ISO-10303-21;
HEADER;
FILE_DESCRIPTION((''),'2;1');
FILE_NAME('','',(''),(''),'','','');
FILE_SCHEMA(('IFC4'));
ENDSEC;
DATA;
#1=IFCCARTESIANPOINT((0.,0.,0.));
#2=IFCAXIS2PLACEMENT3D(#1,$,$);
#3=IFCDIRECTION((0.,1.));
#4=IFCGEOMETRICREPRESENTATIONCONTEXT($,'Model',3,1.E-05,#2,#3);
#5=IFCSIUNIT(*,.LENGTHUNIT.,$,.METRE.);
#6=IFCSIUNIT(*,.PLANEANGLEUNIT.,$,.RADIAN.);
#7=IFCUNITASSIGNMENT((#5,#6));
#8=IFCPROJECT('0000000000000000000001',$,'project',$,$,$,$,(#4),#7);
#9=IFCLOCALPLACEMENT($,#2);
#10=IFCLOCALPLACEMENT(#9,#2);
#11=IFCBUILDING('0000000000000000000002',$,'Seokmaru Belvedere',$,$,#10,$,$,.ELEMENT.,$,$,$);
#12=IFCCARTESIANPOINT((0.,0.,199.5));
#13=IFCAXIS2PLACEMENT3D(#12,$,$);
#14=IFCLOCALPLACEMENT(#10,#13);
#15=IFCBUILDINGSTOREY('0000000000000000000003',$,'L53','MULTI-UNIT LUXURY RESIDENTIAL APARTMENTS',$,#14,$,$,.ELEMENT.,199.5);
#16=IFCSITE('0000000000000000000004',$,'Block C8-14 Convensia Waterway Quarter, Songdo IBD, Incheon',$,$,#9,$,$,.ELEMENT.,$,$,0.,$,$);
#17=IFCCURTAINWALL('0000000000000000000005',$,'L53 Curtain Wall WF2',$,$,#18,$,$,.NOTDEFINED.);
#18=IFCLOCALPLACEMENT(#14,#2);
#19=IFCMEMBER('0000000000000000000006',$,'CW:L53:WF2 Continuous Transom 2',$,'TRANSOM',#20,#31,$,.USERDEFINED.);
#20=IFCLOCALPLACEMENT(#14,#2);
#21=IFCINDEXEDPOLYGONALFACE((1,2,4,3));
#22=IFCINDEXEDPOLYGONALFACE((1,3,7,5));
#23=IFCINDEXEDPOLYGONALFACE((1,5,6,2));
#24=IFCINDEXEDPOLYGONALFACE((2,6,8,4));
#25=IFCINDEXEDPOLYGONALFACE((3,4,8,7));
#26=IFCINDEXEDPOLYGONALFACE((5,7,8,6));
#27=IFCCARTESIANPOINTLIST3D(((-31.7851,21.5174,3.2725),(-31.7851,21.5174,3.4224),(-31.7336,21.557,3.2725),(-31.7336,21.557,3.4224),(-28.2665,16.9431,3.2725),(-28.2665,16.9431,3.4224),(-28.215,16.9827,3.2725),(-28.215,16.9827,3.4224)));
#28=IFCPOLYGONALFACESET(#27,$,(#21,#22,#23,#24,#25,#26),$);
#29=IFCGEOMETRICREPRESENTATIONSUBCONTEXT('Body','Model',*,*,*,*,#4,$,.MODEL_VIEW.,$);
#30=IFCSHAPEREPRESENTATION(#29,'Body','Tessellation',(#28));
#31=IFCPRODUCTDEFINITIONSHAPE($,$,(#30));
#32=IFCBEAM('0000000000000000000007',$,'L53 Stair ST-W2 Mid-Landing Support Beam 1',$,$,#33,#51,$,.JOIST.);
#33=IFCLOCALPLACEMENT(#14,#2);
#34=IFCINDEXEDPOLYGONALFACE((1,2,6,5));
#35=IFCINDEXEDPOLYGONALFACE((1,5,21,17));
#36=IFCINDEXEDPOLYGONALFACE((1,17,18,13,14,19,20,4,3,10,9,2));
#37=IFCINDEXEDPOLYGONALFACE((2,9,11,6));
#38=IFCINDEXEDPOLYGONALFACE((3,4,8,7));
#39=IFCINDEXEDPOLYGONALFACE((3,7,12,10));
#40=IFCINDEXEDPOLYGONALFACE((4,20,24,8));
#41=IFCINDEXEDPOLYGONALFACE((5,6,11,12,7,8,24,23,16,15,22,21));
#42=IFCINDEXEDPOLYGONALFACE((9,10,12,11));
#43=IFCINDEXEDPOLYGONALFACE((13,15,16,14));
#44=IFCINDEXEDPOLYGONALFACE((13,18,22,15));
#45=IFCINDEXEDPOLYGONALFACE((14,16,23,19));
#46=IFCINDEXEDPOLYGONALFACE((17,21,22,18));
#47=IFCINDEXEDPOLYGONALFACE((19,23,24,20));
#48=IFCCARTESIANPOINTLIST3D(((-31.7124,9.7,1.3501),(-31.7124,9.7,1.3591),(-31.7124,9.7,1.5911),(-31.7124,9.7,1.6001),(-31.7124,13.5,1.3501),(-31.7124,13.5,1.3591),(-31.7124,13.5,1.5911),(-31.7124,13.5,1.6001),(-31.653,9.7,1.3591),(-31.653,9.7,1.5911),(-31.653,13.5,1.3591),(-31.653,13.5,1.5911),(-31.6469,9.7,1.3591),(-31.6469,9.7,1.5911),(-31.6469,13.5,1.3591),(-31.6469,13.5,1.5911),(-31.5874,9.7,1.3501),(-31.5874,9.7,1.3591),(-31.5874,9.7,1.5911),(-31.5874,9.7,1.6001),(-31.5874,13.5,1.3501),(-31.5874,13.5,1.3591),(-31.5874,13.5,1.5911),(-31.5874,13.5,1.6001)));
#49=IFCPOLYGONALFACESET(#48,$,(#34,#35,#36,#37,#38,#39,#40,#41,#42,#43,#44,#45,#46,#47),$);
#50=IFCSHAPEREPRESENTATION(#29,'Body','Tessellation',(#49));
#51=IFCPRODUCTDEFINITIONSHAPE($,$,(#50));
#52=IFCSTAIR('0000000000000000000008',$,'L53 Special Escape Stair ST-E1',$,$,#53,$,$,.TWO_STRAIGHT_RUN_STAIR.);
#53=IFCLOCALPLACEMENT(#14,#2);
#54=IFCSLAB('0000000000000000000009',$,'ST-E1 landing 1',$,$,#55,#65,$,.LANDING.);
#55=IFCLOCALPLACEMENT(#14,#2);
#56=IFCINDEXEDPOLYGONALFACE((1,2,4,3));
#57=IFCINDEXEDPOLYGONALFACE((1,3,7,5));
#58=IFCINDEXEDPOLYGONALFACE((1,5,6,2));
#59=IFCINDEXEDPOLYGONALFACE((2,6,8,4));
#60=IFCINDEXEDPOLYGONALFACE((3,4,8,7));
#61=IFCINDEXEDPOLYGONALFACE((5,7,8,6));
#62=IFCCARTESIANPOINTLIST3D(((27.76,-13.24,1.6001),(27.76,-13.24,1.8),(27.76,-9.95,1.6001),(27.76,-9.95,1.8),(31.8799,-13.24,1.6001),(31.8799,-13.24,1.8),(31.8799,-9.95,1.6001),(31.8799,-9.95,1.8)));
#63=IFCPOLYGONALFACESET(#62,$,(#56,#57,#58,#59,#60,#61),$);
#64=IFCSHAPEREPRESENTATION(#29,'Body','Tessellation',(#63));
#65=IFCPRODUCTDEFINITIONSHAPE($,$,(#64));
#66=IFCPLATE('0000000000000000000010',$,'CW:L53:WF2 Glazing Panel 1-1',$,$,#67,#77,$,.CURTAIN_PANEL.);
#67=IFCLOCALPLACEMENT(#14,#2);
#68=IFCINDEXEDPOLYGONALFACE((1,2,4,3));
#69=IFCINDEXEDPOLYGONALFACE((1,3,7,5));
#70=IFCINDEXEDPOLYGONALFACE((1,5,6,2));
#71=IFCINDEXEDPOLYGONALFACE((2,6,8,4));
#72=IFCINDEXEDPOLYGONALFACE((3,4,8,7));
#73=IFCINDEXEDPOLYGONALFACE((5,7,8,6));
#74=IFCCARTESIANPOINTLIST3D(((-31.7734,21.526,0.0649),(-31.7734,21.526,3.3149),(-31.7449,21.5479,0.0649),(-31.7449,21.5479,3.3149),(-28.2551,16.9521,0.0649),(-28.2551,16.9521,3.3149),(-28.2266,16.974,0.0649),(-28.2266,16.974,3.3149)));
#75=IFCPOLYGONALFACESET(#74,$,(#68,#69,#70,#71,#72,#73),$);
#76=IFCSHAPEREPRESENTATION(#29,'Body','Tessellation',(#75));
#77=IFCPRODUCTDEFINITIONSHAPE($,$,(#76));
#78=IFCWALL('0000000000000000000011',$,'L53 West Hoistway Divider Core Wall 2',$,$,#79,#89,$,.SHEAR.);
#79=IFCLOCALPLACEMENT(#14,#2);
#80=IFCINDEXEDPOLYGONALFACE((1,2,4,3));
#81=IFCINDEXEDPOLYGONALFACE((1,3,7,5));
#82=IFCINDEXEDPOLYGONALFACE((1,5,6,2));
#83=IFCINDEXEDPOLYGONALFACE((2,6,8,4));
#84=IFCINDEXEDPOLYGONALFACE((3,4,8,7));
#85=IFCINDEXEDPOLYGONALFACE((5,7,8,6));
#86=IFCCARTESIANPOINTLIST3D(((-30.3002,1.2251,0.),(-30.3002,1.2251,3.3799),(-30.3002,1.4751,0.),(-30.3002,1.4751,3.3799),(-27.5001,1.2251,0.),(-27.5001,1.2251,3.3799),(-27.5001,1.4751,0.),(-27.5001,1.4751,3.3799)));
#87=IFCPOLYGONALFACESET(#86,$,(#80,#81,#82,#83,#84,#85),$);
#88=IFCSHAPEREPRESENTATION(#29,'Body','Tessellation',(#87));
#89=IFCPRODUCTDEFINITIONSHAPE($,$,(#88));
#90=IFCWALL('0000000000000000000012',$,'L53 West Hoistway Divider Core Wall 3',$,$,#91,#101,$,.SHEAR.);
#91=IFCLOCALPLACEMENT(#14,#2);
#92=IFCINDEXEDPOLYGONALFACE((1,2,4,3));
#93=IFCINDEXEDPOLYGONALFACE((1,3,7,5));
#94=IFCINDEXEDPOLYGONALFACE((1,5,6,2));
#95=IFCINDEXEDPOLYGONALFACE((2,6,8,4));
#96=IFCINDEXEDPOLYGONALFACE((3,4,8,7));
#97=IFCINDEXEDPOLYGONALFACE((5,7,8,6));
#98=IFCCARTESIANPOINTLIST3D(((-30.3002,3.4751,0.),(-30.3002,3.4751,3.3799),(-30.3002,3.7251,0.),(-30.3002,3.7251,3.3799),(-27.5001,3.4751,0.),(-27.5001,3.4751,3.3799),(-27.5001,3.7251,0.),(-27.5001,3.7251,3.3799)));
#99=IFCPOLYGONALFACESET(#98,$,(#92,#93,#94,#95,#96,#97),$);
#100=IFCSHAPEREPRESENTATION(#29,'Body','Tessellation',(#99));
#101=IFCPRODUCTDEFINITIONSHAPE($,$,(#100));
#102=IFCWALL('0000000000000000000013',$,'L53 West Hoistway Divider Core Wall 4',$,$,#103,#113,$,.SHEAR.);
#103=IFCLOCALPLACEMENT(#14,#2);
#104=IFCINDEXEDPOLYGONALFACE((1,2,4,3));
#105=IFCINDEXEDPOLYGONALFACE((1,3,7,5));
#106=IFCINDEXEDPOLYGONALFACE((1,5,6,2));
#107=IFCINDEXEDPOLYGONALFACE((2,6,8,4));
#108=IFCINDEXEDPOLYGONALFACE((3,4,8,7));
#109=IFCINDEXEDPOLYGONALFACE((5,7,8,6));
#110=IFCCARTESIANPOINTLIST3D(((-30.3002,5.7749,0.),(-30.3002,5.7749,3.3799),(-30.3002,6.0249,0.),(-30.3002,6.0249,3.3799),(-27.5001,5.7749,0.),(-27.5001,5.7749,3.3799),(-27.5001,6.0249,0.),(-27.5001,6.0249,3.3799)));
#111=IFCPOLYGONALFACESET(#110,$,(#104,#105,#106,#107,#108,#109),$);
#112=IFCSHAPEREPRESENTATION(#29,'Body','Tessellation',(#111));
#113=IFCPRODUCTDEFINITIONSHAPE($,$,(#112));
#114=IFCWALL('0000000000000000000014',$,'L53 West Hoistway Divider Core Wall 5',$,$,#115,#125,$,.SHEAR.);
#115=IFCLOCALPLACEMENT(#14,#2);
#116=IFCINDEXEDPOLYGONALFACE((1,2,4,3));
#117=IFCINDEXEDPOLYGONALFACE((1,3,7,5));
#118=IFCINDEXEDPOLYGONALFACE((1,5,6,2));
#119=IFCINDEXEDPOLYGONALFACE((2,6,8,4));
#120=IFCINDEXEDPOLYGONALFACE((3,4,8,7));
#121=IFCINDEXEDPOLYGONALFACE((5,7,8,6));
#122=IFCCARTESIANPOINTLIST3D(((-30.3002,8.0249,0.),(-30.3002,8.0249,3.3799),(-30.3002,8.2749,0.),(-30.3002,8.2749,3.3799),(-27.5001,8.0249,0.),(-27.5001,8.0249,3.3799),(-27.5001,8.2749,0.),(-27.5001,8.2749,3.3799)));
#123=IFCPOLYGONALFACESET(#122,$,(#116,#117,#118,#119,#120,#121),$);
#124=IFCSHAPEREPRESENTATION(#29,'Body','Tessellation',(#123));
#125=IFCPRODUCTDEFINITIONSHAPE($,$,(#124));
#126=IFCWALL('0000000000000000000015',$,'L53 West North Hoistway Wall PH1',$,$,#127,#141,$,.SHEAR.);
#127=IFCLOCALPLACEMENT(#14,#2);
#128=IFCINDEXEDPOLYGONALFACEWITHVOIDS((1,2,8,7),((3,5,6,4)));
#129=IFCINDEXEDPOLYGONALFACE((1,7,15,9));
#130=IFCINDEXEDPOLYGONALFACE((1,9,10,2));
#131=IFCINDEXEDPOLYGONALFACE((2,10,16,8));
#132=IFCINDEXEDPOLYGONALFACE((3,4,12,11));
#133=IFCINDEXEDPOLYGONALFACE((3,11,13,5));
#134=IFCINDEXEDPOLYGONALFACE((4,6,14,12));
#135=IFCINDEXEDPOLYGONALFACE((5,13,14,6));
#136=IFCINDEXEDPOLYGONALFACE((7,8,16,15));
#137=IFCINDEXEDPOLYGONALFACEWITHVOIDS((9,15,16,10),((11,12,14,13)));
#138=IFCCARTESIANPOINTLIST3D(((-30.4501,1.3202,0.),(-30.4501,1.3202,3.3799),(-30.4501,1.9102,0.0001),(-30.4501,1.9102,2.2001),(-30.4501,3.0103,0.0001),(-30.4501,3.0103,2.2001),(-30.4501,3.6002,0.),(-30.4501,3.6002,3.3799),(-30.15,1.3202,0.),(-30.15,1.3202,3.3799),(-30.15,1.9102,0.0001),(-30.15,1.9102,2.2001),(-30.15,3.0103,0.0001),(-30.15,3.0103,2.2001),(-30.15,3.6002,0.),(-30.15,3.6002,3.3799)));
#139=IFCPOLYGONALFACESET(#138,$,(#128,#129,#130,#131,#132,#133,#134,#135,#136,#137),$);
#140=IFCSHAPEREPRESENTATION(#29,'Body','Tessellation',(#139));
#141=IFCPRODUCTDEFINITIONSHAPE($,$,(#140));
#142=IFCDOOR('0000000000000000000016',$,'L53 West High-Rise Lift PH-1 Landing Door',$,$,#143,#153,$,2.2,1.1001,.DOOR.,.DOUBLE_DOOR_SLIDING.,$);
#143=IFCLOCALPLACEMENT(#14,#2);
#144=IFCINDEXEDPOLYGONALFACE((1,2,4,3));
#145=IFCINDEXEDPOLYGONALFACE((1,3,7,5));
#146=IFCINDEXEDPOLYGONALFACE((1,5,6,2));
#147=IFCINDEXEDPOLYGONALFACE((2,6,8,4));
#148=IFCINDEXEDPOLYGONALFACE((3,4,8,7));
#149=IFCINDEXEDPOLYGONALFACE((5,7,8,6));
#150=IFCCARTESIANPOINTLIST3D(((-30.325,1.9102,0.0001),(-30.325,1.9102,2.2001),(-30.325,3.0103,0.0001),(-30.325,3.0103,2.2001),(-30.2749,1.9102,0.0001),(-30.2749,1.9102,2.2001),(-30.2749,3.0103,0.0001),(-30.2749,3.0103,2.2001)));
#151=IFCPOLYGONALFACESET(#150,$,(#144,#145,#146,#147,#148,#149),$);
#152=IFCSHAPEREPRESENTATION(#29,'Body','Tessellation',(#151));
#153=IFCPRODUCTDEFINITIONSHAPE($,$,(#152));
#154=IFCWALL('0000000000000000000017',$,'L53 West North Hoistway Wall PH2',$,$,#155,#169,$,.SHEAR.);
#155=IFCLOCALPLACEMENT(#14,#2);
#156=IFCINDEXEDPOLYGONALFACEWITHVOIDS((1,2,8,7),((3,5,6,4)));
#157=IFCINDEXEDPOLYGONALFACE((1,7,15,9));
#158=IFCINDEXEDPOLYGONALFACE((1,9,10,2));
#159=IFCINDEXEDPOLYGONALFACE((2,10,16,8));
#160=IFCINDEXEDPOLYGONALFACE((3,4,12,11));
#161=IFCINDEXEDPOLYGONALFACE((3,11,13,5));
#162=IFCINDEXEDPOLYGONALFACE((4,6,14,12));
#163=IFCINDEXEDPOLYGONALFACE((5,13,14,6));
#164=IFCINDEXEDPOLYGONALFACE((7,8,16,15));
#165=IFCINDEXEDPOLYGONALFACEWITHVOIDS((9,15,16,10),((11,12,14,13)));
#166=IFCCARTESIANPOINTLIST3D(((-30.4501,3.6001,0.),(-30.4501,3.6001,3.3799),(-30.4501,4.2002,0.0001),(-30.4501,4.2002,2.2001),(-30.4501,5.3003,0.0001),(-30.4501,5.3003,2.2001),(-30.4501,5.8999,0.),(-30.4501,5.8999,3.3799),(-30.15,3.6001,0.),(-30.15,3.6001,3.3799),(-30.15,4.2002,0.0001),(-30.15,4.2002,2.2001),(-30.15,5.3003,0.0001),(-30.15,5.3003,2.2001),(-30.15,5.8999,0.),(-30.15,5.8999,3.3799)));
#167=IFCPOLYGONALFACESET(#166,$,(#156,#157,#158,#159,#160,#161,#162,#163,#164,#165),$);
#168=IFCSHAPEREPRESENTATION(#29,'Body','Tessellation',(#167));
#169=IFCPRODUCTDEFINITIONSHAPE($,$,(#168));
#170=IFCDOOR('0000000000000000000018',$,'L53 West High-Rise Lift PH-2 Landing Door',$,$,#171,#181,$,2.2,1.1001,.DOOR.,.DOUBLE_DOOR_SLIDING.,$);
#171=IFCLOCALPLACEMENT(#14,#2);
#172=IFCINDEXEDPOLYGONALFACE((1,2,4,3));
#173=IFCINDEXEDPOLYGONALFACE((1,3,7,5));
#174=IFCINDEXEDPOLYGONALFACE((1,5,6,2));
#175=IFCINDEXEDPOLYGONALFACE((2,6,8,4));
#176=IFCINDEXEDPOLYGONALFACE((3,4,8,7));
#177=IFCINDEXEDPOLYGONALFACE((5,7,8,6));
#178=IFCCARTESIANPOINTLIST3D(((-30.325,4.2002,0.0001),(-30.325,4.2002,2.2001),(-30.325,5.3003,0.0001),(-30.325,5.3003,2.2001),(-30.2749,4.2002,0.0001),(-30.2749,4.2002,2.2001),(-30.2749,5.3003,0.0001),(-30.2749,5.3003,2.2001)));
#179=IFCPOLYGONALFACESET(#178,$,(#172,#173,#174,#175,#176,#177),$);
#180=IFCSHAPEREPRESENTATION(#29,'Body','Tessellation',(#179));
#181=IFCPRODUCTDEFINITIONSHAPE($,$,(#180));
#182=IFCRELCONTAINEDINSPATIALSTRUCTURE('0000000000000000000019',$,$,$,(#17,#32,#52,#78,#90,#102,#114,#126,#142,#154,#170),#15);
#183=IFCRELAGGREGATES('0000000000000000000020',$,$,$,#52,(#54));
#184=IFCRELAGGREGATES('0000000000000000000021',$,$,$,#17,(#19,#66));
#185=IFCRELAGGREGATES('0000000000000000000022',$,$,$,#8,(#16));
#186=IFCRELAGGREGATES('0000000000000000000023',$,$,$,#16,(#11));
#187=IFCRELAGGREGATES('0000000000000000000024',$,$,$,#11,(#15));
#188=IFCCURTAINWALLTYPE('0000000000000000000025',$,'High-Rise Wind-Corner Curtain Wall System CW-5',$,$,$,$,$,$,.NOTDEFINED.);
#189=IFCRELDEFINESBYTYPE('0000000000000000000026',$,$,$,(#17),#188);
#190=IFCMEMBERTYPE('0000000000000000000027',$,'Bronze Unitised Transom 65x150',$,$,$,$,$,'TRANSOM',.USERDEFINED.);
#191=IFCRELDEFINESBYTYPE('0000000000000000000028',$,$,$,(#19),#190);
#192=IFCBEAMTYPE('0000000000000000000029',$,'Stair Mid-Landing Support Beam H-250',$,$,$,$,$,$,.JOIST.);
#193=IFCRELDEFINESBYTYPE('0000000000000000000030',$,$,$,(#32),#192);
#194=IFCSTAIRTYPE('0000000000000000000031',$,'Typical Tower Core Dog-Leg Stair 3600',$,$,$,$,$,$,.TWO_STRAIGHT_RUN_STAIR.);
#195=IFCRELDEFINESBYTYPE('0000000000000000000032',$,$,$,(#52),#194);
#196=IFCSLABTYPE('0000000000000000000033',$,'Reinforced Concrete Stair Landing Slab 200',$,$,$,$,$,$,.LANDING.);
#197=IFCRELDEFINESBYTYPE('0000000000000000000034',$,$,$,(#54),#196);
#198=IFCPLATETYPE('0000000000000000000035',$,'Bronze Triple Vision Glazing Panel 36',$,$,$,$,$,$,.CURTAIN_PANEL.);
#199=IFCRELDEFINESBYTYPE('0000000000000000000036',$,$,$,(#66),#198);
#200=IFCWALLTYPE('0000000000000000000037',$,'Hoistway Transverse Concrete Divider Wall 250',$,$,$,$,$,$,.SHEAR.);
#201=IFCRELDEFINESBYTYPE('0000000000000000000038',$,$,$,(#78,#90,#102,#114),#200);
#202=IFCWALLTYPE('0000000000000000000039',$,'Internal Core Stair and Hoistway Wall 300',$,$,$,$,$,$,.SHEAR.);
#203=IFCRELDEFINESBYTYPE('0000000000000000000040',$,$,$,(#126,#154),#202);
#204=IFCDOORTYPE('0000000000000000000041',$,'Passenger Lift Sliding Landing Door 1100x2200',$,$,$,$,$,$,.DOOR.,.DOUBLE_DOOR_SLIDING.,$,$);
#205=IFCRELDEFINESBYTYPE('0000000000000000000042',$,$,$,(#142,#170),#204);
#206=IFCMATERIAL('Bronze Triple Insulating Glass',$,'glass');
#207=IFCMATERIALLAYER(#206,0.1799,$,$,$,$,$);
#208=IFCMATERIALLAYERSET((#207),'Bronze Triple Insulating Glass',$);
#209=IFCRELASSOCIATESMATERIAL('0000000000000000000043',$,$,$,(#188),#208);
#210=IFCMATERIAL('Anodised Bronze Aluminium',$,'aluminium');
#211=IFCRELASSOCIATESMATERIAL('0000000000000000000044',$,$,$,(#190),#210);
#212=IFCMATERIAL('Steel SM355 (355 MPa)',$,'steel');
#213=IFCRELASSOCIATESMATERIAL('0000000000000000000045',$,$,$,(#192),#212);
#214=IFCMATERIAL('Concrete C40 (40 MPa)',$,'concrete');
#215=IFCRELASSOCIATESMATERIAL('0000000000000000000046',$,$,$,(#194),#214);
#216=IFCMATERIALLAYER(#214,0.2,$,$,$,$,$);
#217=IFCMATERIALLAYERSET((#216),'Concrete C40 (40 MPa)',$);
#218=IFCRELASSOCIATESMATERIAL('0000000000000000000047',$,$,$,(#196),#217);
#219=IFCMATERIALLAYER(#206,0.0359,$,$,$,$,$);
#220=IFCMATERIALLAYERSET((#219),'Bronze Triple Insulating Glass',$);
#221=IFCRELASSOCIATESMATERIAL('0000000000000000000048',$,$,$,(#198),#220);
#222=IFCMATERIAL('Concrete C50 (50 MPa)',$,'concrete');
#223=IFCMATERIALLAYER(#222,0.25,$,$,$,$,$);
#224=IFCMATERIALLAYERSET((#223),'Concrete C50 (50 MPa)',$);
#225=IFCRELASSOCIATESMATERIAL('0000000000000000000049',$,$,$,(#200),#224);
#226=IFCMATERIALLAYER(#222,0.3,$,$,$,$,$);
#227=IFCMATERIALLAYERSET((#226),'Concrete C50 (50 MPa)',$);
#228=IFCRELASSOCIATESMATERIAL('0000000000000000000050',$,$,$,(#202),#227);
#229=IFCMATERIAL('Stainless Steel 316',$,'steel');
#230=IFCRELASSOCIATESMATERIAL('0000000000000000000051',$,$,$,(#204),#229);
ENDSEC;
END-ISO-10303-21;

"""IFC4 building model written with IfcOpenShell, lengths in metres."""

from ifc_helpers import new_model, si_unit, direction, frame, frame_2d, origin, origin_2d, place, context, subcontext, project, spatial, polyline, rectangle, i_section, outline, extrude, source, transform, mapped, material, layer, layer_set, material_profile, profile_set, type_object, type_shapes, element, fill, aggregate, save


model = new_model("IFC4")

# Units and contexts
model_context = context("Model", 3, precision=1e-05, world=origin(), true_north=direction((0.0, 1.0)))
body_context = subcontext(model_context, "Body", "Model", "MODEL_VIEW")
ifc_project = project(units=[si_unit("LENGTHUNIT", "METRE"), si_unit("PLANEANGLEUNIT", "RADIAN")], contexts=[model_context])

# Site, building, storey
site_placement = place(None, origin())
site = spatial("IfcSite", under=ifc_project, at=site_placement, Name="Block C8-14 Convensia Waterway Quarter, Songdo IBD, Incheon", CompositionType="ELEMENT", RefElevation=0.0)
building_placement = place(site_placement, origin())
building = spatial("IfcBuilding", under=site, at=building_placement, Name="Seokmaru Belvedere", CompositionType="ELEMENT")
storey_placement = place(building_placement, frame((0.0, 0.0, 199.5)))
storey = spatial("IfcBuildingStorey", under=building, at=storey_placement, Name="L53", Description="MULTI-UNIT LUXURY RESIDENTIAL APARTMENTS", CompositionType="ELEMENT", Elevation=199.5)

# Shared definitions
ifc_material_1 = material(Name="Steel SM355 (355 MPa)", Category="steel")

# Curtain wall, member
ifc_material_2 = material(Name="Bronze Triple Insulating Glass", Category="glass")
ifc_layer_1 = layer(ifc_material_2, 0.1799)
ifc_layer_set_1 = layer_set([ifc_layer_1], Name="Bronze Triple Insulating Glass")
curtain_wall_type = type_object("IfcCurtainWallType", Name="High-Rise Wind-Corner Curtain Wall System CW-5", PredefinedType="NOTDEFINED", material=ifc_layer_set_1)
curtain_wall_placement = place(storey_placement, origin())
curtain_wall = element("IfcCurtainWall", 1, at=curtain_wall_placement, inside=storey, type_object=curtain_wall_type, Name="L53 Curtain Wall WF2", PredefinedType="NOTDEFINED")
ifc_material_3 = material(Name="Anodised Bronze Aluminium", Category="aluminium")
ifc_material_profile_1 = material_profile(ifc_material_3, rectangle(XDim=0.0649, YDim=0.1499, at=origin_2d()), Name="CW-T-65x150")
ifc_profile_set_1 = profile_set([ifc_material_profile_1], Name="Anodised Bronze Aluminium")
member_type_1 = type_object("IfcMemberType", Name="Bronze Unitised Transom 65x150", ElementType="TRANSOM", PredefinedType="USERDEFINED", material=ifc_profile_set_1)
shared_shape_1 = source(origin(), body_context, "Body", "SweptSolid", [
    extrude(rectangle(XDim=0.0649, YDim=0.1499, at=origin_2d()), origin(), (0.0, 0.0, 1.0), 5.771),
])
type_shapes(member_type_1, [shared_shape_1])
member_1_placement = place(storey_placement, frame((-28.2407, 16.9629, 3.3474), z_axis=(-0.609703, 0.79263, 0.0), x_axis=(-0.79263, -0.609703, 0.0)))
member_1 = element("IfcMember", 2, at=member_1_placement, type_object=member_type_1, Name="CW:L53:WF2 Continuous Transom 2", ObjectType="TRANSOM", PredefinedType="USERDEFINED", context=body_context, shape_type="MappedRepresentation", body=[
    mapped(shared_shape_1, transform((0.0, 0.0, 0.0), scale=1.0)),
])

# Beam
ifc_material_profile_2 = material_profile(ifc_material_1, i_section(OverallWidth=0.125, OverallDepth=0.25, WebThickness=0.0061, FlangeThickness=0.009, at=origin_2d()), Name="H-250x125x6x9")
ifc_profile_set_2 = profile_set([ifc_material_profile_2], Name="Steel SM355 (355 MPa)")
beam_type_1 = type_object("IfcBeamType", Name="Stair Mid-Landing Support Beam H-250", PredefinedType="JOIST", material=ifc_profile_set_2)
shared_shape_2 = source(origin(), body_context, "Body", "SweptSolid", [
    extrude(i_section(OverallWidth=0.125, OverallDepth=0.25, WebThickness=0.0061, FlangeThickness=0.009, at=origin_2d()), origin(), (0.0, 0.0, 1.0), 3.8),
])
type_shapes(beam_type_1, [shared_shape_2])
beam_1_placement = place(storey_placement, frame((-31.6499, 9.7, 1.4751), z_axis=(0.0, 1.0, 0.0), x_axis=(-1.0, 0.0, 0.0)))
element("IfcBeam", 3, at=beam_1_placement, inside=storey, type_object=beam_type_1, Name="L53 Stair ST-W2 Mid-Landing Support Beam 1", PredefinedType="JOIST", context=body_context, shape_type="MappedRepresentation", body=[
    mapped(shared_shape_2, transform((0.0, 0.0, 0.0), scale=1.0)),
])

# Stair, slab
ifc_material_4 = material(Name="Concrete C40 (40 MPa)", Category="concrete")
stair_type = type_object("IfcStairType", Name="Typical Tower Core Dog-Leg Stair 3600", PredefinedType="TWO_STRAIGHT_RUN_STAIR", material=ifc_material_4)
stair_placement = place(storey_placement, origin())
stair = element("IfcStair", 4, at=stair_placement, inside=storey, type_object=stair_type, Name="L53 Special Escape Stair ST-E1", PredefinedType="TWO_STRAIGHT_RUN_STAIR")
ifc_layer_2 = layer(ifc_material_4, 0.2)
ifc_layer_set_2 = layer_set([ifc_layer_2], Name="Concrete C40 (40 MPa)")
slab_type = type_object("IfcSlabType", Name="Reinforced Concrete Stair Landing Slab 200", PredefinedType="LANDING", material=ifc_layer_set_2)
slab_placement = place(storey_placement, frame((0.0, 0.0, 1.6001)))
slab = element("IfcSlab", 5, at=slab_placement, type_object=slab_type, Name="ST-E1 landing 1", PredefinedType="LANDING", context=body_context, shape_type="SweptSolid", body=[
    extrude(outline(polyline([(27.76, -13.24), (31.8799, -13.24), (31.8799, -9.95), (27.76, -9.95), (27.76, -13.24)])), origin(), (0.0, 0.0, 1.0), 0.2),
])
aggregate(stair, [slab])

# Plate
ifc_layer_3 = layer(ifc_material_2, 0.0359)
ifc_layer_set_3 = layer_set([ifc_layer_3], Name="Bronze Triple Insulating Glass")
plate_type = type_object("IfcPlateType", Name="Bronze Triple Vision Glazing Panel 36", PredefinedType="CURTAIN_PANEL", material=ifc_layer_set_3)
shared_shape_3 = source(origin(), body_context, "Body", "SweptSolid", [
    extrude(rectangle(XDim=5.7705, YDim=0.0359, at=origin_2d()), origin(), (0.0, 0.0, 1.0), 3.25),
])
type_shapes(plate_type, [shared_shape_3])
plate_placement = place(storey_placement, frame((-30.0, 19.25, 0.0649), z_axis=(0.0, 0.0, 1.0), x_axis=(-0.609701, 0.792631, 0.0)))
plate = element("IfcPlate", 6, at=plate_placement, type_object=plate_type, Name="CW:L53:WF2 Glazing Panel 1-1", PredefinedType="CURTAIN_PANEL", context=body_context, shape_type="MappedRepresentation", body=[
    mapped(shared_shape_3, transform((0.0, 0.0, 0.0), scale=1.0)),
])
aggregate(curtain_wall, [member_1, plate])

# Walls
ifc_material_5 = material(Name="Concrete C50 (50 MPa)", Category="concrete")
ifc_layer_4 = layer(ifc_material_5, 0.25)
ifc_layer_set_4 = layer_set([ifc_layer_4], Name="Concrete C50 (50 MPa)")
wall_type_1 = type_object("IfcWallType", Name="Hoistway Transverse Concrete Divider Wall 250", PredefinedType="SHEAR", material=ifc_layer_set_4)
for number, where, z_axis, x_axis, name in (
    (7, (-30.3, 1.3501, 0.0), (0.0, 0.0, 1.0), (1.0, 0.0, 0.0), "L53 West Hoistway Divider Core Wall 2"),
    (8, (-30.3, 3.6001, 0.0), (0.0, 0.0, 1.0), (1.0, 0.0, 0.0), "L53 West Hoistway Divider Core Wall 3"),
    (9, (-30.3, 5.8999, 0.0), (0.0, 0.0, 1.0), (1.0, 0.0, 0.0), "L53 West Hoistway Divider Core Wall 4"),
    (10, (-30.3, 8.1499, 0.0), (0.0, 0.0, 1.0), (1.0, 0.0, 0.0), "L53 West Hoistway Divider Core Wall 5"),
):
    element("IfcWall", number, at=place(storey_placement, frame(where, z_axis=z_axis, x_axis=x_axis)), inside=storey, type_object=wall_type_1, Name=name, PredefinedType="SHEAR", context=body_context, shape_type="SweptSolid", body=[
        extrude(rectangle(XDim=2.8, YDim=0.25, at=frame_2d((1.3999, 0.0))), origin(), (0.0, 0.0, 1.0), 3.3799),
    ])

# Walls, openings, doors
ifc_layer_5 = layer(ifc_material_5, 0.3)
ifc_layer_set_5 = layer_set([ifc_layer_5], Name="Concrete C50 (50 MPa)")
wall_type_2 = type_object("IfcWallType", Name="Internal Core Stair and Hoistway Wall 300", PredefinedType="SHEAR", material=ifc_layer_set_5)
wall_1_placement = place(storey_placement, frame((-30.3, 1.3201, 0.0), z_axis=(0.0, 0.0, 1.0), x_axis=(0.0, 1.0, 0.0)))
wall_1 = element("IfcWall", 11, at=wall_1_placement, inside=storey, type_object=wall_type_2, Name="L53 West North Hoistway Wall PH1", PredefinedType="SHEAR", context=body_context, shape_type="SweptSolid", body=[
    extrude(rectangle(XDim=2.28, YDim=0.3, at=frame_2d((1.1401, 0.0))), origin(), (0.0, 0.0, 1.0), 3.3799),
])
opening_1_placement = place(wall_1_placement, frame((0.5901, 0.0, 0.0)))
opening_1 = element("IfcOpeningElement", 12, at=opening_1_placement, cuts=wall_1, PredefinedType="OPENING", context=body_context, shape_type="SweptSolid", body=[
    extrude(rectangle(XDim=1.1001, YDim=2.2, at=frame_2d((0.55, 1.1001))), frame((0.0, 0.1602, 0.0), z_axis=(0.0, -1.0, 0.0), x_axis=(1.0, 0.0, 0.0)), (0.0, 0.0, 1.0), 0.3201),
])
ifc_material_6 = material(Name="Stainless Steel 316", Category="steel")
door_type_1 = type_object("IfcDoorType", Name="Passenger Lift Sliding Landing Door 1100x2200", OperationType="DOUBLE_DOOR_SLIDING", PredefinedType="DOOR", material=ifc_material_6)
shared_shape_4 = source(origin(), body_context, "Body", "SweptSolid", [
    extrude(rectangle(XDim=1.1001, YDim=2.2, at=frame_2d((0.55, 1.1001))), frame((0.0, 0.0249, 0.0), z_axis=(0.0, -1.0, 0.0), x_axis=(1.0, 0.0, 0.0)), (0.0, 0.0, 1.0), 0.05),
])
type_shapes(door_type_1, [shared_shape_4])
door_1_placement = place(opening_1_placement, origin())
door_1 = element("IfcDoor", 13, at=door_1_placement, inside=storey, type_object=door_type_1, Name="L53 West High-Rise Lift PH-1 Landing Door", OperationType="DOUBLE_DOOR_SLIDING", OverallHeight=2.2, OverallWidth=1.1001, PredefinedType="DOOR", context=body_context, shape_type="MappedRepresentation", body=[
    mapped(shared_shape_4, transform((0.0, 0.0, 0.0), scale=1.0)),
])
fill(opening_1, door_1)
wall_2_placement = place(storey_placement, frame((-30.3, 3.6001, 0.0), z_axis=(0.0, 0.0, 1.0), x_axis=(0.0, 1.0, 0.0)))
wall_2 = element("IfcWall", 14, at=wall_2_placement, inside=storey, type_object=wall_type_2, Name="L53 West North Hoistway Wall PH2", PredefinedType="SHEAR", context=body_context, shape_type="SweptSolid", body=[
    extrude(rectangle(XDim=2.2998, YDim=0.3, at=frame_2d((1.1499, 0.0))), origin(), (0.0, 0.0, 1.0), 3.3799),
])
opening_2_placement = place(wall_2_placement, frame((0.6001, 0.0, 0.0)))
opening_2 = element("IfcOpeningElement", 15, at=opening_2_placement, cuts=wall_2, PredefinedType="OPENING", context=body_context, shape_type="SweptSolid", body=[
    extrude(rectangle(XDim=1.1001, YDim=2.2, at=frame_2d((0.55, 1.1001))), frame((0.0, 0.1602, 0.0), z_axis=(0.0, -1.0, 0.0), x_axis=(1.0, 0.0, 0.0)), (0.0, 0.0, 1.0), 0.3201),
])
door_2_placement = place(opening_2_placement, origin())
door_2 = element("IfcDoor", 16, at=door_2_placement, inside=storey, type_object=door_type_1, Name="L53 West High-Rise Lift PH-2 Landing Door", OperationType="DOUBLE_DOOR_SLIDING", OverallHeight=2.2, OverallWidth=1.1001, PredefinedType="DOOR", context=body_context, shape_type="MappedRepresentation", body=[
    mapped(shared_shape_4, transform((0.0, 0.0, 0.0), scale=1.0)),
])
fill(opening_2, door_2)

save(model, "model.ifc")
